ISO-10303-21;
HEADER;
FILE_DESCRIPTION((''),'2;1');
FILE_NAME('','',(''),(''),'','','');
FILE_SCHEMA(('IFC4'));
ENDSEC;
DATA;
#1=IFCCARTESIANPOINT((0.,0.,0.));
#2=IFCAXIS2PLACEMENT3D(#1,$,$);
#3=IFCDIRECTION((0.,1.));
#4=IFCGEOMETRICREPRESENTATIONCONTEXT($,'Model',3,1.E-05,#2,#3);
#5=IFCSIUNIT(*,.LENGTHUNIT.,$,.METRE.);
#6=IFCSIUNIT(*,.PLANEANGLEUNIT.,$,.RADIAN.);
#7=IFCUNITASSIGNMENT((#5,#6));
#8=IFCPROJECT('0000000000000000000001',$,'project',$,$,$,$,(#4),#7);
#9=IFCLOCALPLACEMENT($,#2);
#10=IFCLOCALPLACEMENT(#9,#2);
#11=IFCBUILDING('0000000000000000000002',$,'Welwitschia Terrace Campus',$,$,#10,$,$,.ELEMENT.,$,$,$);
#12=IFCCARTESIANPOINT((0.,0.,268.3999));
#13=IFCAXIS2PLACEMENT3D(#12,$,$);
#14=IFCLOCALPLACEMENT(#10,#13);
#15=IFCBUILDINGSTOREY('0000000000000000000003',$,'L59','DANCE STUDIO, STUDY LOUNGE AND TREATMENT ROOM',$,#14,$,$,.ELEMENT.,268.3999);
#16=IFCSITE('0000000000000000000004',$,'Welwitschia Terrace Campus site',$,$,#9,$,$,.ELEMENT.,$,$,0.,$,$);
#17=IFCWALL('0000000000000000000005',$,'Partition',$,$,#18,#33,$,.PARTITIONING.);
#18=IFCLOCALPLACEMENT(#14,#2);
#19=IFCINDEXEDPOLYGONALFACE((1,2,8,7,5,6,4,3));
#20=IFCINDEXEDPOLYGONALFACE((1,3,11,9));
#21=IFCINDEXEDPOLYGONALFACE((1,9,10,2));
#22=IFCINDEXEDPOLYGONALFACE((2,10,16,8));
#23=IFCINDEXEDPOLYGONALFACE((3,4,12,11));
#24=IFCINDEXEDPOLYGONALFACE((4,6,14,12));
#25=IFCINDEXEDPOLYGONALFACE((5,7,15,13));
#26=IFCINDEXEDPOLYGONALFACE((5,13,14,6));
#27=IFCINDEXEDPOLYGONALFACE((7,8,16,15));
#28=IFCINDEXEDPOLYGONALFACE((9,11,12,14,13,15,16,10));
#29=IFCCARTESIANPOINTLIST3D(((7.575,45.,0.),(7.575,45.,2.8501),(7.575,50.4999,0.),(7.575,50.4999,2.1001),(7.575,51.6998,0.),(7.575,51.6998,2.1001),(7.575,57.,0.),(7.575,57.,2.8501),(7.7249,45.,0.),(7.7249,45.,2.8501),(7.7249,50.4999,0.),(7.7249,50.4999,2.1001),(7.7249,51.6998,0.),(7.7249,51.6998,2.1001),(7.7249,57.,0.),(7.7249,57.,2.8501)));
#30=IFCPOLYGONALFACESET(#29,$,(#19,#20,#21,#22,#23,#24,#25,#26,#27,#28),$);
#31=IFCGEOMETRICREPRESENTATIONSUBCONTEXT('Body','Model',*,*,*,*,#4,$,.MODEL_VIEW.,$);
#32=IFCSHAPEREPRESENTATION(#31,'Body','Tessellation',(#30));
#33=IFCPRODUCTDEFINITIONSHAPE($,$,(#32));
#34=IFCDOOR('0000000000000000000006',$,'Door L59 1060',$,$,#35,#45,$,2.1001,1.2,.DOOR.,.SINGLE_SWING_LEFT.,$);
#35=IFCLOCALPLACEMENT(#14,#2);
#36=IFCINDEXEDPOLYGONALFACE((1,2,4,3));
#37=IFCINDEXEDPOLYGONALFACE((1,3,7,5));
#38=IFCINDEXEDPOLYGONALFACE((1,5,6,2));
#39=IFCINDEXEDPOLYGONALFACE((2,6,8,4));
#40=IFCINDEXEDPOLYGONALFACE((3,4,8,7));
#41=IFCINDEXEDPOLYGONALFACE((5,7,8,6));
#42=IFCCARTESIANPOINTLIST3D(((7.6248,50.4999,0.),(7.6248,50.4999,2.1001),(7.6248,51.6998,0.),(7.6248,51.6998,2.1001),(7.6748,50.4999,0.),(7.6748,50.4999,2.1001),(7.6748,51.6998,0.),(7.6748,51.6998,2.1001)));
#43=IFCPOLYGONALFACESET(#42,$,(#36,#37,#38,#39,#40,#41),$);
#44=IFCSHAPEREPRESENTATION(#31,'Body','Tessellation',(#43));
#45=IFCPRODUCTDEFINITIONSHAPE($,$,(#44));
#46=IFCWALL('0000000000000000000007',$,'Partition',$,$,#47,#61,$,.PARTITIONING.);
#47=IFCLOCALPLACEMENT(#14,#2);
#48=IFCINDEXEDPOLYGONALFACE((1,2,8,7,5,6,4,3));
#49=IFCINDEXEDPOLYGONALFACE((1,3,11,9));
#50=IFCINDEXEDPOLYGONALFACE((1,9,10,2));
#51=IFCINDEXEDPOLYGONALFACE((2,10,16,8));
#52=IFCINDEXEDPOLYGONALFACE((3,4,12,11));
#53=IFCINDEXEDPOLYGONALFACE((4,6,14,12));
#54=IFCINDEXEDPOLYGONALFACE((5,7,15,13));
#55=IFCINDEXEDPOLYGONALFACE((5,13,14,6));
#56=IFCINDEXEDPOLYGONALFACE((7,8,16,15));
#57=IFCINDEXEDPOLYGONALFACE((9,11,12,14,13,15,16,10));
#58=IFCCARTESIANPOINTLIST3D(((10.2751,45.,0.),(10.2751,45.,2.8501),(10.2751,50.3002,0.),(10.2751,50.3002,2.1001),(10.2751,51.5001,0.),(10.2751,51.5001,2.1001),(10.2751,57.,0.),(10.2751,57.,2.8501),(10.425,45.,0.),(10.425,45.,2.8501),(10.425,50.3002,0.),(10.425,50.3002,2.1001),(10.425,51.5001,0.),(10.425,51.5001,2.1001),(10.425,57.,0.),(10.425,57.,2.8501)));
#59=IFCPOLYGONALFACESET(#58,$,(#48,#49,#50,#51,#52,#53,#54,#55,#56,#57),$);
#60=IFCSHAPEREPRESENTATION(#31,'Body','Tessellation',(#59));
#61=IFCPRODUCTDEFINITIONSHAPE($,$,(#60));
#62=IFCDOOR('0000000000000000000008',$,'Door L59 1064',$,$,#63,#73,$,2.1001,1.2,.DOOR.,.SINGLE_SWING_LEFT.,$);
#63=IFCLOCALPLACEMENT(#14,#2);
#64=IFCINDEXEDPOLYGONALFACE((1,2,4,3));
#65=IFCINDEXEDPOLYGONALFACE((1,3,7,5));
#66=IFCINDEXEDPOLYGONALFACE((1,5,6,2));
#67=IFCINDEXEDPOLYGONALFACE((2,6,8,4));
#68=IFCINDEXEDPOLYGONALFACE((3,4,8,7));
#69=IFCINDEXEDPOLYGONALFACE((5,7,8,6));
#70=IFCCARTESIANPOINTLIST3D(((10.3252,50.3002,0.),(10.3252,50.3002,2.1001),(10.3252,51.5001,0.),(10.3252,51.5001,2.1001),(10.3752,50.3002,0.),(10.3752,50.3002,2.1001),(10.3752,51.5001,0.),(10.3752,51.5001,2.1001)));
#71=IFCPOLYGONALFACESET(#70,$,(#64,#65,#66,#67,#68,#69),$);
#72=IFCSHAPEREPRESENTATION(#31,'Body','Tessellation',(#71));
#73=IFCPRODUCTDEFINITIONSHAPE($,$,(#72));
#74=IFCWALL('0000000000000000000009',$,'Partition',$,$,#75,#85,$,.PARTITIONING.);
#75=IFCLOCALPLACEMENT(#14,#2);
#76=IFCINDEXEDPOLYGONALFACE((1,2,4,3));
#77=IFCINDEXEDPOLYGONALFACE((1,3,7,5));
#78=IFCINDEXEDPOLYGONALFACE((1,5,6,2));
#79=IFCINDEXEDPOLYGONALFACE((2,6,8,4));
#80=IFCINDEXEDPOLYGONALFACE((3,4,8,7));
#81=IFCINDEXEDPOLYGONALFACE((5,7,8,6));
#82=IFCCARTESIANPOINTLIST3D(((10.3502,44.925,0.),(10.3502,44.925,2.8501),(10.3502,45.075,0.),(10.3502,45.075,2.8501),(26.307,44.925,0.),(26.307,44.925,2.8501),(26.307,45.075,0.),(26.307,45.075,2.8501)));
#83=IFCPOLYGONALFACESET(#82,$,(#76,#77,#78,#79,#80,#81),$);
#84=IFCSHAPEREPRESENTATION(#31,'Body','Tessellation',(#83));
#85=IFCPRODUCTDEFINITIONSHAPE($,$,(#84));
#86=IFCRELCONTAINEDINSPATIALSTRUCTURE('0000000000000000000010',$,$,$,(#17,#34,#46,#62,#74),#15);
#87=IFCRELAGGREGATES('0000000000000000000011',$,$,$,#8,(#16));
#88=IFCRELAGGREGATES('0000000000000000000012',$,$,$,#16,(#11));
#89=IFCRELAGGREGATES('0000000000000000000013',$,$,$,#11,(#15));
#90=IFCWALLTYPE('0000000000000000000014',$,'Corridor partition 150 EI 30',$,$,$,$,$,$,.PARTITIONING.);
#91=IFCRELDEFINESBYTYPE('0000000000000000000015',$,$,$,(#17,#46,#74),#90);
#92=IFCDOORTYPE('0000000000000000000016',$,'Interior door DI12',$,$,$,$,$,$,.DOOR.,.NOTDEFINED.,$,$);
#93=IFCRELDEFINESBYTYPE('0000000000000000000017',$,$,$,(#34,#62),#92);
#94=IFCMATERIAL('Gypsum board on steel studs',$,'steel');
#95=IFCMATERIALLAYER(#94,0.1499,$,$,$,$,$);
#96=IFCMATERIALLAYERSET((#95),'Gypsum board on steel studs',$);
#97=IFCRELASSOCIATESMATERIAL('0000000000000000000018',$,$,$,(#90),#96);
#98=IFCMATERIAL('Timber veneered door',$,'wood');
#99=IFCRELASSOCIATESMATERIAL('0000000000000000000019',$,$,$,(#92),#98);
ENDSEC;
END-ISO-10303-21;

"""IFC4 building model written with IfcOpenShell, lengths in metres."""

from ifc_helpers import new_model, si_unit, direction, frame, frame_2d, origin, place, context, subcontext, project, spatial, rectangle, extrude, material, layer, layer_set, type_object, element, fill, save


model = new_model("IFC4")

# Units and contexts
model_context = context("Model", 3, precision=1e-05, world=origin(), true_north=direction((0.0, 1.0)))
body_context = subcontext(model_context, "Body", "Model", "MODEL_VIEW")
ifc_project = project(units=[si_unit("LENGTHUNIT", "METRE"), si_unit("PLANEANGLEUNIT", "RADIAN")], contexts=[model_context])

# Site, building, storey
site_placement = place(None, origin())
site = spatial("IfcSite", under=ifc_project, at=site_placement, Name="Welwitschia Terrace Campus site", CompositionType="ELEMENT", RefElevation=0.0)
building_placement = place(site_placement, origin())
building = spatial("IfcBuilding", under=site, at=building_placement, Name="Welwitschia Terrace Campus", CompositionType="ELEMENT")
storey_placement = place(building_placement, frame((0.0, 0.0, 268.3999)))
storey = spatial("IfcBuildingStorey", under=building, at=storey_placement, Name="L59", Description="DANCE STUDIO, STUDY LOUNGE AND TREATMENT ROOM", CompositionType="ELEMENT", Elevation=268.3999)

# Shared definitions
ifc_material_1 = material(Name="Gypsum board on steel studs", Category="steel")
ifc_layer_1 = layer(ifc_material_1, 0.1499)
ifc_layer_set_1 = layer_set([ifc_layer_1], Name="Gypsum board on steel studs")
wall_type = type_object("IfcWallType", Name="Corridor partition 150 EI 30", PredefinedType="PARTITIONING", material=ifc_layer_set_1)

# Walls, openings, doors
wall_1_placement = place(storey_placement, frame((7.6499, 57.0, 0.0), z_axis=(0.0, 0.0, 1.0), x_axis=(0.0, -1.0, 0.0)))
wall_1 = element("IfcWall", 1, at=wall_1_placement, inside=storey, type_object=wall_type, Name="Partition", PredefinedType="PARTITIONING", context=body_context, shape_type="SweptSolid", body=[
    extrude(rectangle(XDim=12.0, YDim=0.1499, at=frame_2d((6.0, 0.0))), origin(), (0.0, 0.0, 1.0), 2.8501),
])
opening_1_placement = place(wall_1_placement, frame((5.3, 0.0, 0.0)))
opening_1 = element("IfcOpeningElement", 2, at=opening_1_placement, cuts=wall_1, PredefinedType="OPENING", context=body_context, shape_type="SweptSolid", body=[
    extrude(rectangle(XDim=1.2, YDim=2.1001, at=frame_2d((0.6001, 1.05))), frame((0.0, 0.085, 0.0), z_axis=(0.0, -1.0, 0.0), x_axis=(1.0, 0.0, 0.0)), (0.0, 0.0, 1.0), 0.1699),
])
ifc_material_2 = material(Name="Timber veneered door", Category="wood")
door_type = type_object("IfcDoorType", Name="Interior door DI12", OperationType="NOTDEFINED", PredefinedType="DOOR", material=ifc_material_2)
door_1_placement = place(opening_1_placement, origin())
door_1 = element("IfcDoor", 3, at=door_1_placement, inside=storey, type_object=door_type, Name="Door L59 1060", OperationType="SINGLE_SWING_LEFT", OverallHeight=2.1001, OverallWidth=1.2, PredefinedType="DOOR", context=body_context, shape_type="SweptSolid", body=[
    extrude(rectangle(XDim=1.2, YDim=2.1001, at=frame_2d((0.6001, 1.05))), frame((0.0, 0.0249, 0.0), z_axis=(0.0, -1.0, 0.0), x_axis=(1.0, 0.0, 0.0)), (0.0, 0.0, 1.0), 0.05),
])
fill(opening_1, door_1)
wall_2_placement = place(storey_placement, frame((10.3501, 45.0, 0.0), z_axis=(0.0, 0.0, 1.0), x_axis=(0.0, 1.0, 0.0)))
wall_2 = element("IfcWall", 4, at=wall_2_placement, inside=storey, type_object=wall_type, Name="Partition", PredefinedType="PARTITIONING", context=body_context, shape_type="SweptSolid", body=[
    extrude(rectangle(XDim=12.0, YDim=0.1499, at=frame_2d((6.0, 0.0))), origin(), (0.0, 0.0, 1.0), 2.8501),
])
opening_2_placement = place(wall_2_placement, frame((5.3, 0.0, 0.0)))
opening_2 = element("IfcOpeningElement", 5, at=opening_2_placement, cuts=wall_2, PredefinedType="OPENING", context=body_context, shape_type="SweptSolid", body=[
    extrude(rectangle(XDim=1.2, YDim=2.1001, at=frame_2d((0.6001, 1.05))), frame((0.0, 0.085, 0.0), z_axis=(0.0, -1.0, 0.0), x_axis=(1.0, 0.0, 0.0)), (0.0, 0.0, 1.0), 0.1699),
])
door_2_placement = place(opening_2_placement, origin())
door_2 = element("IfcDoor", 6, at=door_2_placement, inside=storey, type_object=door_type, Name="Door L59 1064", OperationType="SINGLE_SWING_LEFT", OverallHeight=2.1001, OverallWidth=1.2, PredefinedType="DOOR", context=body_context, shape_type="SweptSolid", body=[
    extrude(rectangle(XDim=1.2, YDim=2.1001, at=frame_2d((0.6001, 1.05))), frame((0.0, 0.0249, 0.0), z_axis=(0.0, -1.0, 0.0), x_axis=(1.0, 0.0, 0.0)), (0.0, 0.0, 1.0), 0.05),
])
fill(opening_2, door_2)

# Wall
wall_3_placement = place(storey_placement, frame((10.3501, 45.0, 0.0), z_axis=(0.0, 0.0, 1.0), x_axis=(1.0, 0.0, 0.0)))
element("IfcWall", 7, at=wall_3_placement, inside=storey, type_object=wall_type, Name="Partition", PredefinedType="PARTITIONING", context=body_context, shape_type="SweptSolid", body=[
    extrude(rectangle(XDim=15.9568, YDim=0.1499, at=frame_2d((7.9785, 0.0))), origin(), (0.0, 0.0, 1.0), 2.8501),
])

save(model, "model.ifc")
